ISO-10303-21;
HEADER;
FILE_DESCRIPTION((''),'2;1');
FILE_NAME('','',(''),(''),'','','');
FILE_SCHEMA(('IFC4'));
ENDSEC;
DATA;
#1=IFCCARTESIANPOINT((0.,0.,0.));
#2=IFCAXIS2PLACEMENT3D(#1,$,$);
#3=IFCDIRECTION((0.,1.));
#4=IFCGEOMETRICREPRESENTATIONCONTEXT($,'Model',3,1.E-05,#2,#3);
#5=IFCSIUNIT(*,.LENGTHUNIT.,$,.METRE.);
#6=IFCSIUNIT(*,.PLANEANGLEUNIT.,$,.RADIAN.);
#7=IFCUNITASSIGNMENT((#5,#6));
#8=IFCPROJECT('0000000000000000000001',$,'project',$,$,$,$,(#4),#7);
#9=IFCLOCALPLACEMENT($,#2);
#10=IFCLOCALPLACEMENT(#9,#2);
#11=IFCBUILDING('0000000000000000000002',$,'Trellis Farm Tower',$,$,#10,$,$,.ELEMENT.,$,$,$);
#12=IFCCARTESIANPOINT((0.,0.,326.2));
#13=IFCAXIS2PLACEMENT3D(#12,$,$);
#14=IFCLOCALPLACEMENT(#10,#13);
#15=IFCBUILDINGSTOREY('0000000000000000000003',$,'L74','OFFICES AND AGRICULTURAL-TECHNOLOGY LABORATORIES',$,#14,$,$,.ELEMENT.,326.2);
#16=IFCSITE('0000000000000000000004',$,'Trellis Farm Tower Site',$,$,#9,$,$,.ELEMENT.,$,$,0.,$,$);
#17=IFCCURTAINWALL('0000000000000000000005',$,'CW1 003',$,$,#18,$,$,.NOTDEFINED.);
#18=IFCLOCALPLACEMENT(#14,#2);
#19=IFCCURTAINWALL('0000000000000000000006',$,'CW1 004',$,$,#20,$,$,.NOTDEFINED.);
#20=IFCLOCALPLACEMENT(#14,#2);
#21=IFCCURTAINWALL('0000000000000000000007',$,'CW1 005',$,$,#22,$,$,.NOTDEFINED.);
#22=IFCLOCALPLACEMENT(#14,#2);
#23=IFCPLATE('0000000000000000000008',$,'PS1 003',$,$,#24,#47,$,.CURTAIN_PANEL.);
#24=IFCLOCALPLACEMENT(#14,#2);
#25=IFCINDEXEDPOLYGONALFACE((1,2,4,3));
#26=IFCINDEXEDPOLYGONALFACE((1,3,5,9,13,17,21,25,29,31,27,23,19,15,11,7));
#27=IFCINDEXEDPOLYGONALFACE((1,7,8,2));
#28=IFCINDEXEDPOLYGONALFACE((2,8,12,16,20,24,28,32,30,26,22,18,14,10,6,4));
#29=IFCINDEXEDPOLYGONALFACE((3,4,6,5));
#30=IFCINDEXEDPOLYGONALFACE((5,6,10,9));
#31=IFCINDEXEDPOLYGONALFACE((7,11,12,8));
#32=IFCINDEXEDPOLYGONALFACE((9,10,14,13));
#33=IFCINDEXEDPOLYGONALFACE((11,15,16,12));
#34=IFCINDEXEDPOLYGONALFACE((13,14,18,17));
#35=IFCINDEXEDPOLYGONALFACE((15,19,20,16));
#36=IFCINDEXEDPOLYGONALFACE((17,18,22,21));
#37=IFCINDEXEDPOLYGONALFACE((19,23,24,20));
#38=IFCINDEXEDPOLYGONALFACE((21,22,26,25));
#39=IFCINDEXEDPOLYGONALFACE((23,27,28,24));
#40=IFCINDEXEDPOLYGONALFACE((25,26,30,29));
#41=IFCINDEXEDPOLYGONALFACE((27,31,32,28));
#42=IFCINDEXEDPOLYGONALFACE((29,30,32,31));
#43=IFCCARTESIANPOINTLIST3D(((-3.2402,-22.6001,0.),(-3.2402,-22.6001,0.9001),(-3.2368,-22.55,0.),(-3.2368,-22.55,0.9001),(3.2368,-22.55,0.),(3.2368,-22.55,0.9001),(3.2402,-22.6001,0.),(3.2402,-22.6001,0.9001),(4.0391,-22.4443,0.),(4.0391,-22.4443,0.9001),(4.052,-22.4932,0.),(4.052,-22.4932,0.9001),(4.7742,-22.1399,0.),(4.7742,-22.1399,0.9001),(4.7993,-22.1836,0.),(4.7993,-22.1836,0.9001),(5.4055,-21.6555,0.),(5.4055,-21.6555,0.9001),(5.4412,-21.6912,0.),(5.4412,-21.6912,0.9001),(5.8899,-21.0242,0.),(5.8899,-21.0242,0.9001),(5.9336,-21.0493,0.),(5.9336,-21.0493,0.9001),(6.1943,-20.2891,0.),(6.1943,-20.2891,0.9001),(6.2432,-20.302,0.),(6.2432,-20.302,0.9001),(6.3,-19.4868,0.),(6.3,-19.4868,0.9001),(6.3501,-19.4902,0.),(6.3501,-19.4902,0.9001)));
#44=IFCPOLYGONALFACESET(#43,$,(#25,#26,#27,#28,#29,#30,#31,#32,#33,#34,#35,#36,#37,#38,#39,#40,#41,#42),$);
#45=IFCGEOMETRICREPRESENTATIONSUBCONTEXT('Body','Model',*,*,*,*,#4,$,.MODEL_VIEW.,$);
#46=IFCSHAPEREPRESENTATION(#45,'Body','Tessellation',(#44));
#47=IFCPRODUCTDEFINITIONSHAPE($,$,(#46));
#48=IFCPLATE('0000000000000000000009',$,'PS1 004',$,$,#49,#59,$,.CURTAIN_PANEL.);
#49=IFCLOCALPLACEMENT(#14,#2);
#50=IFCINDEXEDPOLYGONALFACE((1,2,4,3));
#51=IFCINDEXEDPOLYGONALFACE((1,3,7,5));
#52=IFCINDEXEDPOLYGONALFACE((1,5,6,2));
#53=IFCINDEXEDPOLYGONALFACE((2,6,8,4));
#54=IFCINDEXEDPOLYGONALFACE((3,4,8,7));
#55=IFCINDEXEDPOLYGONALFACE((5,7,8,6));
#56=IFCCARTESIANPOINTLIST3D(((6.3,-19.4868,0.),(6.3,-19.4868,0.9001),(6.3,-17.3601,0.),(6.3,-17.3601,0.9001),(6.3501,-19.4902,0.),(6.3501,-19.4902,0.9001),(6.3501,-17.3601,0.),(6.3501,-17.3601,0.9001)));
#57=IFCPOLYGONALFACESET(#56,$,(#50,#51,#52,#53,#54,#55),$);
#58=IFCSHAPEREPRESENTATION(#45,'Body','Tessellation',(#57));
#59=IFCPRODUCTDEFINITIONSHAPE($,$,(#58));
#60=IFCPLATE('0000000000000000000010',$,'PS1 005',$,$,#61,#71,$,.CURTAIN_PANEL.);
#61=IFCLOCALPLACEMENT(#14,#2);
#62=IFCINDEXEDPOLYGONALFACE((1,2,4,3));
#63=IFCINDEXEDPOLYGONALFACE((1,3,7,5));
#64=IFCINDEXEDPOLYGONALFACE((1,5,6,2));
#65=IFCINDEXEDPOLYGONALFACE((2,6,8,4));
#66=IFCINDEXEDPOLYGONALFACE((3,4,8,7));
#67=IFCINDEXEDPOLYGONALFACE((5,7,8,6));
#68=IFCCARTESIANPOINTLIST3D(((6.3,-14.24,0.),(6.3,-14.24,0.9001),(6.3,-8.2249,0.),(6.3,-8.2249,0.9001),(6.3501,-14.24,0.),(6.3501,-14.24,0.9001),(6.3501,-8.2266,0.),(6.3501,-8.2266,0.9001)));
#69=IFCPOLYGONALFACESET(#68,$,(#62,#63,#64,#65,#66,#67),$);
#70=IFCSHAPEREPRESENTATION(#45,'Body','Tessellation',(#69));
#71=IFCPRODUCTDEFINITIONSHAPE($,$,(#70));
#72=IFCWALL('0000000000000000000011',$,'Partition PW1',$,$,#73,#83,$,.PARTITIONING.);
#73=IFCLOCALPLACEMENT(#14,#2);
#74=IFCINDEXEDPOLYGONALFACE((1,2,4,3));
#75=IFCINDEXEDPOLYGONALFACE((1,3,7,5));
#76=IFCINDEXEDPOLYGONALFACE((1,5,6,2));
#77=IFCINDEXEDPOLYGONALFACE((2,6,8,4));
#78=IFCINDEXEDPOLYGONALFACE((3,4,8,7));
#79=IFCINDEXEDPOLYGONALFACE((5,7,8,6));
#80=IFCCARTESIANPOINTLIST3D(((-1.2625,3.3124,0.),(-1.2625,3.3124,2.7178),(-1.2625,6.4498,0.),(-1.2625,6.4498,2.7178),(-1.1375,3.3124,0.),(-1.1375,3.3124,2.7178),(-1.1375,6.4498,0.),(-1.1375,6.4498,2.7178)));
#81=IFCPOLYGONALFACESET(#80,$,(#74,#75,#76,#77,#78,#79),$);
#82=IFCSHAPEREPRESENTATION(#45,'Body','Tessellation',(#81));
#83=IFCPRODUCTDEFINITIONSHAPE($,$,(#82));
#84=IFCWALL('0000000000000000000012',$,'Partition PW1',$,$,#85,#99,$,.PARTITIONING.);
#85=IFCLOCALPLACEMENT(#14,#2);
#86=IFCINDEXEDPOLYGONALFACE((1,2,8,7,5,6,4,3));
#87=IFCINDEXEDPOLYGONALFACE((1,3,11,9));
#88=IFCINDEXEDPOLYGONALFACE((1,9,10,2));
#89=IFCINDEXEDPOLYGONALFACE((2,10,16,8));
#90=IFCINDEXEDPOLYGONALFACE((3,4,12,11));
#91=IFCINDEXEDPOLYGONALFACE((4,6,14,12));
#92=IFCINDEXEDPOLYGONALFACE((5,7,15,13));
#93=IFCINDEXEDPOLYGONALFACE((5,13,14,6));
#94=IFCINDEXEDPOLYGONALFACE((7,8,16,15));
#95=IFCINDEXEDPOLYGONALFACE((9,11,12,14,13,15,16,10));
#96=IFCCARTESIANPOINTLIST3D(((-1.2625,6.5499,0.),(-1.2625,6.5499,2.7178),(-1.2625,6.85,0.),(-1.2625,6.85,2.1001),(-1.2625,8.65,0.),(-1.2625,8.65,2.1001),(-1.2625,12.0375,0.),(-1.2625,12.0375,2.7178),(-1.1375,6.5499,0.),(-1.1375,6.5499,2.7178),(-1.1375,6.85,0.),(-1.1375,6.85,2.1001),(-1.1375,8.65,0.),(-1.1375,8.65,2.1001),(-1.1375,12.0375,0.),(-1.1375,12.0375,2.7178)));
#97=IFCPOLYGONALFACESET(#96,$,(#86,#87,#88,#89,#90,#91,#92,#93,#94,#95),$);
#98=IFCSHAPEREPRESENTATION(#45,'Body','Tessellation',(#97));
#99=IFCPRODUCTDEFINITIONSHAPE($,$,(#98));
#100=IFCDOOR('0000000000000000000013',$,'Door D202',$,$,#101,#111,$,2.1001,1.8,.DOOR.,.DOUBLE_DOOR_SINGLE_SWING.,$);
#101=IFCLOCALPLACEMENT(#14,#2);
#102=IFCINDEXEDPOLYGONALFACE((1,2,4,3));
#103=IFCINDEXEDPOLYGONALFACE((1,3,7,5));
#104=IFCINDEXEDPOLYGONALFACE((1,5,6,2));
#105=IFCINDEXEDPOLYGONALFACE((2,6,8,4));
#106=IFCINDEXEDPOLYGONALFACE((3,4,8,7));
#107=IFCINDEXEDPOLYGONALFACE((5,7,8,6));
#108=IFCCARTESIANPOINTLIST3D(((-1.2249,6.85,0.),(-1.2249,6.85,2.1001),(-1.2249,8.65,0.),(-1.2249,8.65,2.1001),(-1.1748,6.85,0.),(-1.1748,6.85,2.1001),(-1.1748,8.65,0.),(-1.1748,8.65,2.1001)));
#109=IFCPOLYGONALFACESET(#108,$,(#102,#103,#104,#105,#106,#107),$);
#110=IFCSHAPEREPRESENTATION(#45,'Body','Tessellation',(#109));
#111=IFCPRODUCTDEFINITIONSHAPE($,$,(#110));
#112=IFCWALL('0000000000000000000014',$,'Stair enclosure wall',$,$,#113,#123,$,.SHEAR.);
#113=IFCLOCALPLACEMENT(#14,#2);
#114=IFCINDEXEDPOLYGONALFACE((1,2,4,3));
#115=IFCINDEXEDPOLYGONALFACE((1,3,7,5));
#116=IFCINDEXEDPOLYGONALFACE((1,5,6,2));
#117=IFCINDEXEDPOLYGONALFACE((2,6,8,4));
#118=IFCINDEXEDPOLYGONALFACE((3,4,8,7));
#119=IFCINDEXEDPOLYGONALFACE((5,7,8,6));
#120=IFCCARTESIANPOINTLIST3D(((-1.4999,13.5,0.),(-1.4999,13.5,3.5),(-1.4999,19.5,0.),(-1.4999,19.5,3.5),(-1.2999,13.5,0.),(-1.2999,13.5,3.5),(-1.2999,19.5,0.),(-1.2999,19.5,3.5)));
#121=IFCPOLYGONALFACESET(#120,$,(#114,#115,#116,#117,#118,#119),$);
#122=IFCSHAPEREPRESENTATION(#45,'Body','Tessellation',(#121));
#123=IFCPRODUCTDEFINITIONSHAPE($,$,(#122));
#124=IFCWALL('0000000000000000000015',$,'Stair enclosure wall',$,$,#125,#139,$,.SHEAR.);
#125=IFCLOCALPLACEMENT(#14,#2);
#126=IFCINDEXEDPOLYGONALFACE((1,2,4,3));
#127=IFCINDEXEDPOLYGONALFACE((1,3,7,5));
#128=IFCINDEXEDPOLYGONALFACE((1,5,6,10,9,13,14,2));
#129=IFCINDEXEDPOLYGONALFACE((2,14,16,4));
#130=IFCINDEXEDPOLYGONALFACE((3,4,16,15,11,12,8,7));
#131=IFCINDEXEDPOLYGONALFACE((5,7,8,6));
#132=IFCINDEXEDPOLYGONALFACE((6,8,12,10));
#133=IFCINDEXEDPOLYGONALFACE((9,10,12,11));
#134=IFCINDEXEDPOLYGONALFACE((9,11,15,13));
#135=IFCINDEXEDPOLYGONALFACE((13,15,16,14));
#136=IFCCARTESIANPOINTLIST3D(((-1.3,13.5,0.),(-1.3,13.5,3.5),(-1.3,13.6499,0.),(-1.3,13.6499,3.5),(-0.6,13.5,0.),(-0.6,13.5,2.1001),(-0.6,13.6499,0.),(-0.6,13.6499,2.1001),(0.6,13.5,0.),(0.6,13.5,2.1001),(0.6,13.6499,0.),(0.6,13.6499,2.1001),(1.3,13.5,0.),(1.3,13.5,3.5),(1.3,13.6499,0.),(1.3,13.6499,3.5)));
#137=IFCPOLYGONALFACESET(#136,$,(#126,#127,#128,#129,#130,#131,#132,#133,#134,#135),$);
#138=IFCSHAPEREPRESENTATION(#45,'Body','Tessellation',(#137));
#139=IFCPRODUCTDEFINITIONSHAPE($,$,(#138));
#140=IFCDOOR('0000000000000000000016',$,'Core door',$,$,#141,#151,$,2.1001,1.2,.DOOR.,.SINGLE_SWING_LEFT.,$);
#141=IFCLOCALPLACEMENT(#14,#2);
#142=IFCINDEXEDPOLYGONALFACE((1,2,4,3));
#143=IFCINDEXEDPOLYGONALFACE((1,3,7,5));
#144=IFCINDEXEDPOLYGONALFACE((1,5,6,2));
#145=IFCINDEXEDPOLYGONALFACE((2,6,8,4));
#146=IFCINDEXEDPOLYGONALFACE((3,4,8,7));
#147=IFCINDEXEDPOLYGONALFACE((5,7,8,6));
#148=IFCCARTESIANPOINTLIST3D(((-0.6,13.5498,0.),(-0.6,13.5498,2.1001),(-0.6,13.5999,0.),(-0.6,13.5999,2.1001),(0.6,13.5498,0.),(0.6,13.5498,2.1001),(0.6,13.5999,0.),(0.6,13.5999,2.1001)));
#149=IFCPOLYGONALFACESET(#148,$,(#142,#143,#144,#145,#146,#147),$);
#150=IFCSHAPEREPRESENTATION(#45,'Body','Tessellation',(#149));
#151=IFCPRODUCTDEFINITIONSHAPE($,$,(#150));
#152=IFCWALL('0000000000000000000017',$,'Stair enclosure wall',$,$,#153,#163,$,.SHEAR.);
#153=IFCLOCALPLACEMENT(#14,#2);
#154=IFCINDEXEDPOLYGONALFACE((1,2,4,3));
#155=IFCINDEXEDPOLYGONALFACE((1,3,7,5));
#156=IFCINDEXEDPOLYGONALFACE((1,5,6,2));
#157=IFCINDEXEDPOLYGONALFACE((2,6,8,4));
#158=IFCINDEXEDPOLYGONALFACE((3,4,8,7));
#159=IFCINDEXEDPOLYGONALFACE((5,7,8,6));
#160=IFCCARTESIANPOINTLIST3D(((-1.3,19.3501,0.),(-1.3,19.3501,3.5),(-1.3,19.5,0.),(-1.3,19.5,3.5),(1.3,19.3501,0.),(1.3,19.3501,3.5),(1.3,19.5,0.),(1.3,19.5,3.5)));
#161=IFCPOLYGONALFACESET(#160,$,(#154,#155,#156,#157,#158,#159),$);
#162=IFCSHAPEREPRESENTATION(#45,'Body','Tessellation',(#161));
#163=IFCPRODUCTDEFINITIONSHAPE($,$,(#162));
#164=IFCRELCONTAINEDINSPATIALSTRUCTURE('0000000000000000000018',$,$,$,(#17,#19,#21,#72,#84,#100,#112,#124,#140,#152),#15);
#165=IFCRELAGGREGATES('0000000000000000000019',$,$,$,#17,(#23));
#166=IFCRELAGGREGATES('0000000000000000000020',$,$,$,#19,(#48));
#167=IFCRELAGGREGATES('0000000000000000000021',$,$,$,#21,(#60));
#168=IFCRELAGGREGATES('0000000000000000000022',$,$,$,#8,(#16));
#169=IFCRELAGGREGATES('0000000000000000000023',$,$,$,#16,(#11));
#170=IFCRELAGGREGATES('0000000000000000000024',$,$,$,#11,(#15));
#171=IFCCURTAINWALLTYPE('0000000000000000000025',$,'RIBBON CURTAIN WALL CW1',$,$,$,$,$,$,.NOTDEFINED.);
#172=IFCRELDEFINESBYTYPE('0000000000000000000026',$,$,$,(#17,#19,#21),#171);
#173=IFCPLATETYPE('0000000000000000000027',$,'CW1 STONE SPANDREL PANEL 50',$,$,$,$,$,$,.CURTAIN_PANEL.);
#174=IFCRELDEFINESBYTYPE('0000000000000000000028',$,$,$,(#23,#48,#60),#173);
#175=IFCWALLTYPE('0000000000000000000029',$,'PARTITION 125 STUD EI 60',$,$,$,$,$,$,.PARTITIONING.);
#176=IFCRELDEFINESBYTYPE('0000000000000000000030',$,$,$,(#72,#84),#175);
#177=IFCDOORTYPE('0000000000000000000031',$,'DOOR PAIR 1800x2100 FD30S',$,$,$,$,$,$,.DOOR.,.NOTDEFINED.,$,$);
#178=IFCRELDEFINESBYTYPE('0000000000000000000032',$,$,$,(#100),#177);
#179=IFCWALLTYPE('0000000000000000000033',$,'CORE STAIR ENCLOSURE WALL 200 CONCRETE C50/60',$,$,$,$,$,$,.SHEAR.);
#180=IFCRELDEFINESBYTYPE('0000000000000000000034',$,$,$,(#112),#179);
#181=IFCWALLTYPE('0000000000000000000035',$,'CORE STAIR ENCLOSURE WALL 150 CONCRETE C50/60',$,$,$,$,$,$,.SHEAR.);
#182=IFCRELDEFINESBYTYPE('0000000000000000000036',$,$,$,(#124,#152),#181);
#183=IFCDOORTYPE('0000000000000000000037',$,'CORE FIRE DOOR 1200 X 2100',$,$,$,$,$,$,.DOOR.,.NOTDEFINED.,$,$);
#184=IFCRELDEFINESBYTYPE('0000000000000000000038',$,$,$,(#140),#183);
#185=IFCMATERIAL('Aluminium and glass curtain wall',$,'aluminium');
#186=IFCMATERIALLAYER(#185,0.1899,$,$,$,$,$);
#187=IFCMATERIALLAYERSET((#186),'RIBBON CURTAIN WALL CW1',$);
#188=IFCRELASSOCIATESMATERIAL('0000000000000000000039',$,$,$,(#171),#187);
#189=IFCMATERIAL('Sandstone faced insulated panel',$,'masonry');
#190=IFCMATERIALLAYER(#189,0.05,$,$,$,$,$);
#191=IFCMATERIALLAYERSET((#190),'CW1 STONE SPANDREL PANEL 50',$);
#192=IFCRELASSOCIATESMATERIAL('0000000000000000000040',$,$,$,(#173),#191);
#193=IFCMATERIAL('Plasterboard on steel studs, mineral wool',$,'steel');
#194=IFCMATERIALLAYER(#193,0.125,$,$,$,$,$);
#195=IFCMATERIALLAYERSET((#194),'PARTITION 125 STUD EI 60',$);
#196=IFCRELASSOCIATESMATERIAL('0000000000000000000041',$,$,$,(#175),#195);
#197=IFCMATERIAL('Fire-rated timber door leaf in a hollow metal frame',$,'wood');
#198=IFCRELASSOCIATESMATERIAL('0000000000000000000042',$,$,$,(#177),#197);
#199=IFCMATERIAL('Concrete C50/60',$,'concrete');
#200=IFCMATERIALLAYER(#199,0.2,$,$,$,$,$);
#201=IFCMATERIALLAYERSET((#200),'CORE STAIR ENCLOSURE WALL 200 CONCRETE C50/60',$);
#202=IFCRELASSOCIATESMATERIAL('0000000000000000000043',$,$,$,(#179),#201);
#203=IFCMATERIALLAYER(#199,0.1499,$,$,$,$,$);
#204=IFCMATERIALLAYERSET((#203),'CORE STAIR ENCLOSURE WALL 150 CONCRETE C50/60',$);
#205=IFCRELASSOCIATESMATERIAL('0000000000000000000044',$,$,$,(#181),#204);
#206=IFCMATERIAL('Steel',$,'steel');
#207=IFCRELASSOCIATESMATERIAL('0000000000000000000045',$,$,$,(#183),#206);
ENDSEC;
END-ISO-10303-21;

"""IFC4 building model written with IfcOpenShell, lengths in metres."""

from ifc_helpers import new_model, si_unit, direction, frame, frame_2d, origin, place, context, subcontext, project, spatial, polyline, rectangle, outline, extrude, source, transform, mapped, material, layer, layer_set, type_object, element, fill, aggregate, save


model = new_model("IFC4")

# Units and contexts
model_context = context("Model", 3, precision=1e-05, world=origin(), true_north=direction((0.0, 1.0)))
body_context = subcontext(model_context, "Body", "Model", "MODEL_VIEW")
ifc_project = project(units=[si_unit("LENGTHUNIT", "METRE"), si_unit("PLANEANGLEUNIT", "RADIAN")], contexts=[model_context])

# Site, building, storey
site_placement = place(None, origin())
site = spatial("IfcSite", under=ifc_project, at=site_placement, Name="Trellis Farm Tower Site", CompositionType="ELEMENT", RefElevation=0.0)
building_placement = place(site_placement, origin())
building = spatial("IfcBuilding", under=site, at=building_placement, Name="Trellis Farm Tower", CompositionType="ELEMENT")
storey_placement = place(building_placement, frame((0.0, 0.0, 326.2)))
storey = spatial("IfcBuildingStorey", under=building, at=storey_placement, Name="L74", Description="OFFICES AND AGRICULTURAL-TECHNOLOGY LABORATORIES", CompositionType="ELEMENT", Elevation=326.2)

# Curtain walls
ifc_material_1 = material(Name="Aluminium and glass curtain wall", Category="aluminium")
placement_1 = place(storey_placement, origin())
ifc_layer_1 = layer(ifc_material_1, 0.1899)
ifc_layer_set_1 = layer_set([ifc_layer_1], Name="RIBBON CURTAIN WALL CW1")
curtain_wall_type_1 = type_object("IfcCurtainWallType", Name="RIBBON CURTAIN WALL CW1", PredefinedType="NOTDEFINED", material=ifc_layer_set_1)
curtain_wall_1 = element("IfcCurtainWall", 1, at=placement_1, inside=storey, type_object=curtain_wall_type_1, Name="CW1 003", PredefinedType="NOTDEFINED")
curtain_wall_2 = element("IfcCurtainWall", 2, at=placement_1, inside=storey, type_object=curtain_wall_type_1, Name="CW1 004", PredefinedType="NOTDEFINED")
curtain_wall_3 = element("IfcCurtainWall", 3, at=placement_1, inside=storey, type_object=curtain_wall_type_1, Name="CW1 005", PredefinedType="NOTDEFINED")

# Plates
ifc_material_2 = material(Name="Sandstone faced insulated panel", Category="masonry")
ifc_layer_2 = layer(ifc_material_2, 0.05)
ifc_layer_set_2 = layer_set([ifc_layer_2], Name="CW1 STONE SPANDREL PANEL 50")
plate_type_1 = type_object("IfcPlateType", Name="CW1 STONE SPANDREL PANEL 50", PredefinedType="CURTAIN_PANEL", material=ifc_layer_set_2)
shared_shape_1 = source(origin(), body_context, "Body", "SweptSolid", [
    extrude(outline(polyline([(-3.2402, -22.6001), (3.2402, -22.6001), (4.052, -22.4932), (4.7993, -22.1836), (5.4412, -21.6912), (5.9336, -21.0493), (6.2432, -20.302), (6.3501, -19.4902), (6.3, -19.4868), (6.1943, -20.2891), (5.8899, -21.0242), (5.4055, -21.6555), (4.7742, -22.1399), (4.0391, -22.4443), (3.2368, -22.55), (-3.2368, -22.55), (-3.2402, -22.6001)])), origin(), (0.0, 0.0, 1.0), 0.9001),
])
plate_1 = element("IfcPlate", 4, at=placement_1, type_object=plate_type_1, Name="PS1 003", PredefinedType="CURTAIN_PANEL", context=body_context, shape_type="MappedRepresentation", body=[
    mapped(shared_shape_1, transform((0.0, 0.0, 0.0))),
])
aggregate(curtain_wall_1, [plate_1])
shared_shape_2 = source(origin(), body_context, "Body", "SweptSolid", [
    extrude(outline(polyline([(6.3501, -19.4902), (6.3501, -17.3601), (6.3, -17.3601), (6.3, -19.4868), (6.3501, -19.4902)])), origin(), (0.0, 0.0, 1.0), 0.9001),
])
plate_2 = element("IfcPlate", 5, at=placement_1, type_object=plate_type_1, Name="PS1 004", PredefinedType="CURTAIN_PANEL", context=body_context, shape_type="MappedRepresentation", body=[
    mapped(shared_shape_2, transform((0.0, 0.0, 0.0))),
])
aggregate(curtain_wall_2, [plate_2])
shared_shape_3 = source(origin(), body_context, "Body", "SweptSolid", [
    extrude(outline(polyline([(6.3501, -14.24), (6.3501, -8.2266), (6.3, -8.2249), (6.3, -14.24), (6.3501, -14.24)])), origin(), (0.0, 0.0, 1.0), 0.9001),
])
plate_3 = element("IfcPlate", 6, at=placement_1, type_object=plate_type_1, Name="PS1 005", PredefinedType="CURTAIN_PANEL", context=body_context, shape_type="MappedRepresentation", body=[
    mapped(shared_shape_3, transform((0.0, 0.0, 0.0))),
])
aggregate(curtain_wall_3, [plate_3])

# Wall
ifc_material_3 = material(Name="Plasterboard on steel studs, mineral wool", Category="steel")
ifc_layer_3 = layer(ifc_material_3, 0.125)
ifc_layer_set_3 = layer_set([ifc_layer_3], Name="PARTITION 125 STUD EI 60")
wall_type_1 = type_object("IfcWallType", Name="PARTITION 125 STUD EI 60", PredefinedType="PARTITIONING", material=ifc_layer_set_3)
wall_1_placement = place(storey_placement, frame((-1.2, 6.45, 0.0), z_axis=(0.0, 0.0, 1.0), x_axis=(0.0, -1.0, 0.0)))
element("IfcWall", 7, at=wall_1_placement, inside=storey, type_object=wall_type_1, Name="Partition PW1", PredefinedType="PARTITIONING", context=body_context, shape_type="SweptSolid", body=[
    extrude(rectangle(XDim=3.1375, YDim=0.125, at=frame_2d((1.5688, 0.0))), origin(), (0.0, 0.0, 1.0), 2.7178),
])

# Wall, opening, door
wall_2_placement = place(storey_placement, frame((-1.2, 6.55, 0.0), z_axis=(0.0, 0.0, 1.0), x_axis=(0.0, 1.0, 0.0)))
wall_2 = element("IfcWall", 8, at=wall_2_placement, inside=storey, type_object=wall_type_1, Name="Partition PW1", PredefinedType="PARTITIONING", context=body_context, shape_type="SweptSolid", body=[
    extrude(rectangle(XDim=5.4875, YDim=0.125, at=frame_2d((2.7437, 0.0))), origin(), (0.0, 0.0, 1.0), 2.7178),
])
shared_shape_4 = source(origin(), body_context, "Body", "SweptSolid", [
    extrude(rectangle(XDim=1.8, YDim=2.1001, at=frame_2d((0.8999, 1.05))), frame((0.0, 0.0725, 0.0), z_axis=(0.0, -1.0, 0.0), x_axis=(1.0, 0.0, 0.0)), (0.0, 0.0, 1.0), 0.145),
])
opening_1_placement = place(wall_2_placement, frame((0.3, 0.0, 0.0)))
opening_1 = element("IfcOpeningElement", 9, at=opening_1_placement, cuts=wall_2, PredefinedType="OPENING", context=body_context, shape_type="MappedRepresentation", body=[
    mapped(shared_shape_4, transform((0.0, 0.0, 0.0))),
])
ifc_material_4 = material(Name="Fire-rated timber door leaf in a hollow metal frame", Category="wood")
door_type_1 = type_object("IfcDoorType", Name="DOOR PAIR 1800x2100 FD30S", OperationType="NOTDEFINED", PredefinedType="DOOR", material=ifc_material_4)
shared_shape_5 = source(origin(), body_context, "Body", "SweptSolid", [
    extrude(rectangle(XDim=1.8, YDim=2.1001, at=frame_2d((0.8999, 1.05))), frame((0.0, 0.0249, 0.0), z_axis=(0.0, -1.0, 0.0), x_axis=(1.0, 0.0, 0.0)), (0.0, 0.0, 1.0), 0.05),
])
door_1_placement = place(opening_1_placement, origin())
door_1 = element("IfcDoor", 10, at=door_1_placement, inside=storey, type_object=door_type_1, Name="Door D202", OperationType="DOUBLE_DOOR_SINGLE_SWING", OverallHeight=2.1001, OverallWidth=1.8, PredefinedType="DOOR", context=body_context, shape_type="MappedRepresentation", body=[
    mapped(shared_shape_5, transform((0.0, 0.0, 0.0))),
])
fill(opening_1, door_1)

# Wall
ifc_material_5 = material(Name="Concrete C50/60", Category="concrete")
ifc_layer_4 = layer(ifc_material_5, 0.2)
ifc_layer_set_4 = layer_set([ifc_layer_4], Name="CORE STAIR ENCLOSURE WALL 200 CONCRETE C50/60")
wall_type_2 = type_object("IfcWallType", Name="CORE STAIR ENCLOSURE WALL 200 CONCRETE C50/60", PredefinedType="SHEAR", material=ifc_layer_set_4)
shared_shape_6 = source(origin(), body_context, "Body", "SweptSolid", [
    extrude(rectangle(XDim=6.0, YDim=0.2, at=frame_2d((3.0, 0.0))), origin(), (0.0, 0.0, 1.0), 3.5),
])
wall_3_placement = place(storey_placement, frame((-1.3999, 13.5, 0.0), z_axis=(0.0, 0.0, 1.0), x_axis=(0.0, 1.0, 0.0)))
element("IfcWall", 11, at=wall_3_placement, inside=storey, type_object=wall_type_2, Name="Stair enclosure wall", PredefinedType="SHEAR", context=body_context, shape_type="MappedRepresentation", body=[
    mapped(shared_shape_6, transform((0.0, 0.0, 0.0))),
])

# Wall, opening, door
ifc_layer_5 = layer(ifc_material_5, 0.1499)
ifc_layer_set_5 = layer_set([ifc_layer_5], Name="CORE STAIR ENCLOSURE WALL 150 CONCRETE C50/60")
wall_type_3 = type_object("IfcWallType", Name="CORE STAIR ENCLOSURE WALL 150 CONCRETE C50/60", PredefinedType="SHEAR", material=ifc_layer_set_5)
shared_shape_7 = source(origin(), body_context, "Body", "SweptSolid", [
    extrude(rectangle(XDim=2.6001, YDim=0.1499, at=frame_2d((1.3, 0.0))), origin(), (0.0, 0.0, 1.0), 3.5),
])
wall_4_placement = place(storey_placement, frame((-1.3, 13.575, 0.0), z_axis=(0.0, 0.0, 1.0), x_axis=(1.0, 0.0, 0.0)))
wall_4 = element("IfcWall", 12, at=wall_4_placement, inside=storey, type_object=wall_type_3, Name="Stair enclosure wall", PredefinedType="SHEAR", context=body_context, shape_type="MappedRepresentation", body=[
    mapped(shared_shape_7, transform((0.0, 0.0, 0.0))),
])
shared_shape_8 = source(origin(), body_context, "Body", "SweptSolid", [
    extrude(rectangle(XDim=1.2, YDim=2.1001, at=frame_2d((0.6001, 1.05))), frame((0.0, 0.085, 0.0), z_axis=(0.0, -1.0, 0.0), x_axis=(1.0, 0.0, 0.0)), (0.0, 0.0, 1.0), 0.1699),
])
opening_2_placement = place(wall_4_placement, frame((0.7, 0.0, 0.0)))
opening_2 = element("IfcOpeningElement", 13, at=opening_2_placement, cuts=wall_4, PredefinedType="OPENING", context=body_context, shape_type="MappedRepresentation", body=[
    mapped(shared_shape_8, transform((0.0, 0.0, 0.0))),
])
ifc_material_6 = material(Name="Steel", Category="steel")
door_type_2 = type_object("IfcDoorType", Name="CORE FIRE DOOR 1200 X 2100", OperationType="NOTDEFINED", PredefinedType="DOOR", material=ifc_material_6)
shared_shape_9 = source(origin(), body_context, "Body", "SweptSolid", [
    extrude(rectangle(XDim=1.2, YDim=2.1001, at=frame_2d((0.6001, 1.05))), frame((0.0, 0.0249, 0.0), z_axis=(0.0, -1.0, 0.0), x_axis=(1.0, 0.0, 0.0)), (0.0, 0.0, 1.0), 0.05),
])
door_2_placement = place(opening_2_placement, origin())
door_2 = element("IfcDoor", 14, at=door_2_placement, inside=storey, type_object=door_type_2, Name="Core door", OperationType="SINGLE_SWING_LEFT", OverallHeight=2.1001, OverallWidth=1.2, PredefinedType="DOOR", context=body_context, shape_type="MappedRepresentation", body=[
    mapped(shared_shape_9, transform((0.0, 0.0, 0.0))),
])
fill(opening_2, door_2)

# Wall
wall_5_placement = place(storey_placement, frame((-1.3, 19.425, 0.0), z_axis=(0.0, 0.0, 1.0), x_axis=(1.0, 0.0, 0.0)))
element("IfcWall", 15, at=wall_5_placement, inside=storey, type_object=wall_type_3, Name="Stair enclosure wall", PredefinedType="SHEAR", context=body_context, shape_type="MappedRepresentation", body=[
    mapped(shared_shape_7, transform((0.0, 0.0, 0.0))),
])

save(model, "model.ifc")
